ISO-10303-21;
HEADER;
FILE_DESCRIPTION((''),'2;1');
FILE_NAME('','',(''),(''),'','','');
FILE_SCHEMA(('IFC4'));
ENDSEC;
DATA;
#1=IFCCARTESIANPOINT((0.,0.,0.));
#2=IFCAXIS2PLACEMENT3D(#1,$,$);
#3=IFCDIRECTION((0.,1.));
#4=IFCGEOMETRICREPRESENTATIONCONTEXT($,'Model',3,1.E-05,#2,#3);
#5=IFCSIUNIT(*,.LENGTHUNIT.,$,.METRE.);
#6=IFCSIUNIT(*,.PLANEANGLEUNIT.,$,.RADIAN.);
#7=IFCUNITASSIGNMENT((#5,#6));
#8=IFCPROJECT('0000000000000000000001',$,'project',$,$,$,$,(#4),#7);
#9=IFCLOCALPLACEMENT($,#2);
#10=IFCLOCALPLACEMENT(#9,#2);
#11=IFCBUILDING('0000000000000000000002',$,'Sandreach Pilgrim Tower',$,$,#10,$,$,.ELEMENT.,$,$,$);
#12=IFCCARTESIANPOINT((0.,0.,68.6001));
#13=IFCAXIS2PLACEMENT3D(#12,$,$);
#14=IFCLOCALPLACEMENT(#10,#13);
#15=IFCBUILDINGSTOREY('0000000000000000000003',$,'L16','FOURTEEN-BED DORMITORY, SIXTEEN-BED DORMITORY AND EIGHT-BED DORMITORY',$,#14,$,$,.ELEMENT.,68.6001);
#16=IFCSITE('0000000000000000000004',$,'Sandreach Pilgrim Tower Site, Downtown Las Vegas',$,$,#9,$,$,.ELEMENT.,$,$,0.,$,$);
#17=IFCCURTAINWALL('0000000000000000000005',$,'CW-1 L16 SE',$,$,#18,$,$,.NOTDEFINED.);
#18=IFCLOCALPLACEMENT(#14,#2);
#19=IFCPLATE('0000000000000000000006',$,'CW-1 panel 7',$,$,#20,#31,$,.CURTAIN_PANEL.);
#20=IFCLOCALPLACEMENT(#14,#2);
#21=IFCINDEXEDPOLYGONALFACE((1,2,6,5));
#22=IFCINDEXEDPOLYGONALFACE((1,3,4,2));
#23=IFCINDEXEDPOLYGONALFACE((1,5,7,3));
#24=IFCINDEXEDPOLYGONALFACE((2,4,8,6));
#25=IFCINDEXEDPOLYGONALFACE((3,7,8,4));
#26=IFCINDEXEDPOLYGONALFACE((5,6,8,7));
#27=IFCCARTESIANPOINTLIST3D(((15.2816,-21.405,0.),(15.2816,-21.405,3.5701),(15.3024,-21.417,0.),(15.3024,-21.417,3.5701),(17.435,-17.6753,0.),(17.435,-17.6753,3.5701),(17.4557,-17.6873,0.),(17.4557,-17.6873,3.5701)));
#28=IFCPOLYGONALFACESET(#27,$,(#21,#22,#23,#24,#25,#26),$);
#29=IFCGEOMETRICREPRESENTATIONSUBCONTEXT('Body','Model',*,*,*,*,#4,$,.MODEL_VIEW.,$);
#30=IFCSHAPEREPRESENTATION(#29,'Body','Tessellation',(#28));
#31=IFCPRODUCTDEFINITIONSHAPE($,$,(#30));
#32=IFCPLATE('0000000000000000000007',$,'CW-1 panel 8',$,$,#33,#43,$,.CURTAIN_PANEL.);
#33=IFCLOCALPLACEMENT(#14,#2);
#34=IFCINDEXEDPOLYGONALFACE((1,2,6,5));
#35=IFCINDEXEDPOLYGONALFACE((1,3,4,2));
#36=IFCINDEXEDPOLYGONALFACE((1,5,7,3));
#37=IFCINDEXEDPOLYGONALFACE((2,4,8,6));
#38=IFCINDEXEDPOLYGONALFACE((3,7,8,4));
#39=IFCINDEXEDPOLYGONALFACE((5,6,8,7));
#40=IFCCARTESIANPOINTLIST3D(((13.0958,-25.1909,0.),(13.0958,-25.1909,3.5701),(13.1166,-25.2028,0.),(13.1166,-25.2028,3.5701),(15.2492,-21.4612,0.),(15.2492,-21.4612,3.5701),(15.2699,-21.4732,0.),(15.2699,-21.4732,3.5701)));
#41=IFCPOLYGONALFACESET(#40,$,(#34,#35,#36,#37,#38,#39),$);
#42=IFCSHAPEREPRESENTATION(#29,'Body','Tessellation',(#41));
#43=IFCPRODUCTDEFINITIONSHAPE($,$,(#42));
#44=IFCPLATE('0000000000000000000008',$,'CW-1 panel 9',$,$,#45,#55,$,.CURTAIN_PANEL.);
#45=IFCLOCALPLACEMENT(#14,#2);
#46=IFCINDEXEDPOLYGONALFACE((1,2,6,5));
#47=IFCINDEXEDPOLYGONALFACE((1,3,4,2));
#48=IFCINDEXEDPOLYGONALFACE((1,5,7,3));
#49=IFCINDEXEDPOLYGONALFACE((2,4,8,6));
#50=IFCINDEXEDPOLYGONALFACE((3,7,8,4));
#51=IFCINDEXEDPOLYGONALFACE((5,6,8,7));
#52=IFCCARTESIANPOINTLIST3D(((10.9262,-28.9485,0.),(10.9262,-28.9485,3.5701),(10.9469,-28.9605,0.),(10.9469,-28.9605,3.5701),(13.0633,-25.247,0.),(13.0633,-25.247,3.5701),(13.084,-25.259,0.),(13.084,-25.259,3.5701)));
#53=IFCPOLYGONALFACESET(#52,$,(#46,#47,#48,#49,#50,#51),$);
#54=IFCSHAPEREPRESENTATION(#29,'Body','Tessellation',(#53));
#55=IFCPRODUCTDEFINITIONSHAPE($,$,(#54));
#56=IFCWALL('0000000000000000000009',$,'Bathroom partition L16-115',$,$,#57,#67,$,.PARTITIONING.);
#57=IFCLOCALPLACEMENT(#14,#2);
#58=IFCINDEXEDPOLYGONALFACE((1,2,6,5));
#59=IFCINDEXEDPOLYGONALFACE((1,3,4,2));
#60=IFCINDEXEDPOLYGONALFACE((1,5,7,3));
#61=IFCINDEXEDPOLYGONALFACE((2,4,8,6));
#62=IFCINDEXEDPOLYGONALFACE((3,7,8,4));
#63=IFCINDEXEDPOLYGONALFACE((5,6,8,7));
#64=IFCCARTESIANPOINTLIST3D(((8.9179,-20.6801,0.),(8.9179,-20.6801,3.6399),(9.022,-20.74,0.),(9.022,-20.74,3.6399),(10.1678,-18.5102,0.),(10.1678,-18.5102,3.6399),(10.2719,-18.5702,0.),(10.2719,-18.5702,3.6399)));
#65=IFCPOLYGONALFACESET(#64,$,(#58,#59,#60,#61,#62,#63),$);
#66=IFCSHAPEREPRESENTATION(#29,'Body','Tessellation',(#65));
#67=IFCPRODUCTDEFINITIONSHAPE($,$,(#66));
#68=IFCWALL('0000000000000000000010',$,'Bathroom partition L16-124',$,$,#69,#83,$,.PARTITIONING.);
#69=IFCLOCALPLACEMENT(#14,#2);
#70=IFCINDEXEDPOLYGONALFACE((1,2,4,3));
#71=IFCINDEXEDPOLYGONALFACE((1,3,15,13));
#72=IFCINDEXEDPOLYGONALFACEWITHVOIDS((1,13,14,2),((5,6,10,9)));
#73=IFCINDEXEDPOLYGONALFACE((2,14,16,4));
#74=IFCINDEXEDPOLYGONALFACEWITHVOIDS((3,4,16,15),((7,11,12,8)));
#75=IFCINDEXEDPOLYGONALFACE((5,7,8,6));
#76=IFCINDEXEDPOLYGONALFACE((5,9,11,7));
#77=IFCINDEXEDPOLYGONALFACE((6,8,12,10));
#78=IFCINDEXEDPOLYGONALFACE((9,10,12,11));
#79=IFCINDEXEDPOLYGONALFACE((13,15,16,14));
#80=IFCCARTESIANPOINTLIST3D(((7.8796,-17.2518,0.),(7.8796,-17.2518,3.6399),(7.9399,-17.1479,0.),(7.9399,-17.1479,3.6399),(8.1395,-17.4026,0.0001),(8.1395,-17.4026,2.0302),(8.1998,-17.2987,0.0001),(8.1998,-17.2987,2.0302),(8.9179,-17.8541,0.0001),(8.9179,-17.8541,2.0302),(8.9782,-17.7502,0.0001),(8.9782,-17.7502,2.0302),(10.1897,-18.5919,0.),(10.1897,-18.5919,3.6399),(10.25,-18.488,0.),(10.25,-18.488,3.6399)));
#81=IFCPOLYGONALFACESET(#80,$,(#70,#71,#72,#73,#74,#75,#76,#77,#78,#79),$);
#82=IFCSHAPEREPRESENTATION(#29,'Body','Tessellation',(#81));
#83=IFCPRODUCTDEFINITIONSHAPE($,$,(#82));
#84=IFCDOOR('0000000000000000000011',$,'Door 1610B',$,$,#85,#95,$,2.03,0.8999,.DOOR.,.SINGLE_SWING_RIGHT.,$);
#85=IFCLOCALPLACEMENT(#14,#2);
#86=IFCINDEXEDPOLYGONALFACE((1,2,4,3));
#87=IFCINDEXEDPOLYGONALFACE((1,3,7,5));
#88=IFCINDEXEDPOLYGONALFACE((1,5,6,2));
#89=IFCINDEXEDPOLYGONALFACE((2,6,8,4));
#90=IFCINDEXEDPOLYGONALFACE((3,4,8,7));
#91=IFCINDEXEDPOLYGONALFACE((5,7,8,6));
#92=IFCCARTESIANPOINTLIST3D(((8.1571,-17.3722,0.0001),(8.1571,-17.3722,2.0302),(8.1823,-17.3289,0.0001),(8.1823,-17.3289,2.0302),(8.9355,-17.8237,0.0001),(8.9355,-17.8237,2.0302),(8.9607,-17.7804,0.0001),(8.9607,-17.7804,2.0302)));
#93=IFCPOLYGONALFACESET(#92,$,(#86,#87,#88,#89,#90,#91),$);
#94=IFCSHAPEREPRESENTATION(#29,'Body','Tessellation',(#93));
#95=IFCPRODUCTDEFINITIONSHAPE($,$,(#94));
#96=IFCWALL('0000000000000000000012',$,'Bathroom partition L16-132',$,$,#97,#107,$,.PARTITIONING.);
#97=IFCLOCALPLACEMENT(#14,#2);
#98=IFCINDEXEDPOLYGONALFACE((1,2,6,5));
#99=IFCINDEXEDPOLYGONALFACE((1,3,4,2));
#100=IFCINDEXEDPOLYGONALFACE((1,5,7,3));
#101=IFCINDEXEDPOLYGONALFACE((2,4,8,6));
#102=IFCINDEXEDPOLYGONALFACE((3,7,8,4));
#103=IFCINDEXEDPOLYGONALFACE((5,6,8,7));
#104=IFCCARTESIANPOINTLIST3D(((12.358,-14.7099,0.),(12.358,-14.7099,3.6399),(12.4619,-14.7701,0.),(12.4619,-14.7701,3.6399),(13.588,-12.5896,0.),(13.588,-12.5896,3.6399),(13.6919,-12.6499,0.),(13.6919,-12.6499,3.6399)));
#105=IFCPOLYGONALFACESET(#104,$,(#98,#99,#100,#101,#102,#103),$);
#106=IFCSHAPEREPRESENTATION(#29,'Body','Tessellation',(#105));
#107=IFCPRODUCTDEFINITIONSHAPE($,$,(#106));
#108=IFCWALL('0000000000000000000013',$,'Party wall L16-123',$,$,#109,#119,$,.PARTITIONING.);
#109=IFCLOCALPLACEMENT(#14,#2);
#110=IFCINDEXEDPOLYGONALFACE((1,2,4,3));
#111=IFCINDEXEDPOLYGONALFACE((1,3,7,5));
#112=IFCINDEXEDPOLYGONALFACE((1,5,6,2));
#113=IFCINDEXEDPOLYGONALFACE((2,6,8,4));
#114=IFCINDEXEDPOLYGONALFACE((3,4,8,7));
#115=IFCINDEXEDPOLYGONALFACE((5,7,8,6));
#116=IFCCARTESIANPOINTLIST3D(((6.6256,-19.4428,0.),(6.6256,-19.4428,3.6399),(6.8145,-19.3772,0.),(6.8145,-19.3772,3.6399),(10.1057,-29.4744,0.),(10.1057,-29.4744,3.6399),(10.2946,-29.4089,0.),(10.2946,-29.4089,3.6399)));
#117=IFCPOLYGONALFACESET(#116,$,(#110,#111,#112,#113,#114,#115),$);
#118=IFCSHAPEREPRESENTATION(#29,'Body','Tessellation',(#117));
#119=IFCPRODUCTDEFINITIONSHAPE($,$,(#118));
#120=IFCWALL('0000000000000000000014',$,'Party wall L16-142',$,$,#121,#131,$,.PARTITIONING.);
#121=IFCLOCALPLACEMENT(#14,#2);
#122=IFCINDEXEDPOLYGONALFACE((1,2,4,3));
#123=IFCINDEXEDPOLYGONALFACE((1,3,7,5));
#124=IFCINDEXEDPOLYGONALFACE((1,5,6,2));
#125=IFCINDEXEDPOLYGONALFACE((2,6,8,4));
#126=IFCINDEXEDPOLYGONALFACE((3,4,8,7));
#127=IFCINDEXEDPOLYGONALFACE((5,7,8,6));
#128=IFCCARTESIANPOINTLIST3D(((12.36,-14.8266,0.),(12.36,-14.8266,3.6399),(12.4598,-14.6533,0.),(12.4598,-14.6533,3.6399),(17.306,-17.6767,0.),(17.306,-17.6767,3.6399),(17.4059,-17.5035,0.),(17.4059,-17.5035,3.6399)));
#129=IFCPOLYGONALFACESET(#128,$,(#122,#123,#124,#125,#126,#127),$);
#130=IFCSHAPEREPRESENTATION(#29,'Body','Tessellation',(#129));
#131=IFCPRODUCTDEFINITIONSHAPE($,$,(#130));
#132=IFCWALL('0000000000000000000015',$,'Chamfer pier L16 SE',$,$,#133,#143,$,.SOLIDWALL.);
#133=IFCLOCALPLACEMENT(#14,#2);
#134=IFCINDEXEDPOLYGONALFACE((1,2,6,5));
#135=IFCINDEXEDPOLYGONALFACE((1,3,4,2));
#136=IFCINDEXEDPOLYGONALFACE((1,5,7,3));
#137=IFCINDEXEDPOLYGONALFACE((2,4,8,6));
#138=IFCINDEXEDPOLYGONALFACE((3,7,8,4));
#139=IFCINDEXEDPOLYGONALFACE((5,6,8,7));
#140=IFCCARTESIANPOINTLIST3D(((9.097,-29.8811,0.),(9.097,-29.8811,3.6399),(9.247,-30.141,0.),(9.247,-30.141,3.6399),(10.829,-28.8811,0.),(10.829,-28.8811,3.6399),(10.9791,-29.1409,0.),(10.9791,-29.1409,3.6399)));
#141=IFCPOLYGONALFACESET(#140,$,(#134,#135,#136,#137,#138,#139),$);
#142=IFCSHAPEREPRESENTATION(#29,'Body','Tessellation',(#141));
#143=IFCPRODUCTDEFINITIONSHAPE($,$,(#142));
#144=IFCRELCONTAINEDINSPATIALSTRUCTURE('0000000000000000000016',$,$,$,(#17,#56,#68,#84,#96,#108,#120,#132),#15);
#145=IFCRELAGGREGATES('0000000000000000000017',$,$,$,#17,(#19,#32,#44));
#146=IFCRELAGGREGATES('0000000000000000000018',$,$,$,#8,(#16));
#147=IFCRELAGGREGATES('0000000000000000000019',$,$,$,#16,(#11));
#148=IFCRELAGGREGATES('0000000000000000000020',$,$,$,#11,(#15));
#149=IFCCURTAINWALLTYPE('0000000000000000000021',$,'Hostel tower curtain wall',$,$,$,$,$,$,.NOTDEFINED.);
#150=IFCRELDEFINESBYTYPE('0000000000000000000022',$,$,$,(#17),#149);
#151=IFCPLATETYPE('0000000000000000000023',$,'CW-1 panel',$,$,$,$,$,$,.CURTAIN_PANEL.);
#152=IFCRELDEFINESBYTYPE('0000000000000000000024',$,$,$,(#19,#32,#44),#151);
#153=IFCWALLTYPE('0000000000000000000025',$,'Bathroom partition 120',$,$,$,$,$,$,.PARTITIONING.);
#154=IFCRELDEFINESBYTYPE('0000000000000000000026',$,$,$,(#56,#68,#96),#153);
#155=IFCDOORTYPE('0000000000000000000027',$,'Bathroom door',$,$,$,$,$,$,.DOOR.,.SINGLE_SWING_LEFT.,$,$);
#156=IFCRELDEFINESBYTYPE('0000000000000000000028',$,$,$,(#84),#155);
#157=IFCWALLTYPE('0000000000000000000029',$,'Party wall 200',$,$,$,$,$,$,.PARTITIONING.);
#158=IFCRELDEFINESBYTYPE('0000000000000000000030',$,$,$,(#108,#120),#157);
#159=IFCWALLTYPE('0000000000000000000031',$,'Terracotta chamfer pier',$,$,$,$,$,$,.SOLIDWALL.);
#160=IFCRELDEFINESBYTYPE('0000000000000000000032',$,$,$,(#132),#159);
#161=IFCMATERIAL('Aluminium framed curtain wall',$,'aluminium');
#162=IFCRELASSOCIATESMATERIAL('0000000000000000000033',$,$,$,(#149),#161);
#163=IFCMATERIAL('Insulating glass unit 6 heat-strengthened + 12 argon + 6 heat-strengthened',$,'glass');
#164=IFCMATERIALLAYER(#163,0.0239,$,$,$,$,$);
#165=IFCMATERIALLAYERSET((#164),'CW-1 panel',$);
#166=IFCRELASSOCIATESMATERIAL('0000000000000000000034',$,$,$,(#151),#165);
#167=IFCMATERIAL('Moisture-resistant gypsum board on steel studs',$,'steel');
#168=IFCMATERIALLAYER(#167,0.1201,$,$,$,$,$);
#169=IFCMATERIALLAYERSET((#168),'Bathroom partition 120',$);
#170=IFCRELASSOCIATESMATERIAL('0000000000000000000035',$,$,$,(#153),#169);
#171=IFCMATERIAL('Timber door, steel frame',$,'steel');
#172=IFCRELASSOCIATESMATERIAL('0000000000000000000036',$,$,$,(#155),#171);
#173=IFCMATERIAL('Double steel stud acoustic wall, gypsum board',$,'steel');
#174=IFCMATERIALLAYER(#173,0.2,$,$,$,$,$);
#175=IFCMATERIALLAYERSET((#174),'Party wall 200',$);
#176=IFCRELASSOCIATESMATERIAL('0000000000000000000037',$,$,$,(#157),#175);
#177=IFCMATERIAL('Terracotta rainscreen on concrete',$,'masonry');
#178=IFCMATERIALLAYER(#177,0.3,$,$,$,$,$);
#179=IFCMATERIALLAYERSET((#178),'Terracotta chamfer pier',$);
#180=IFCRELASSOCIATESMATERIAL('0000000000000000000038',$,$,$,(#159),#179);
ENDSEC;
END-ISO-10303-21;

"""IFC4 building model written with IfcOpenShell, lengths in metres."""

from ifc_helpers import new_model, si_unit, direction, frame, frame_2d, origin, origin_2d, place, context, subcontext, project, spatial, rectangle, extrude, material, layer, layer_set, type_object, element, fill, aggregate, save


model = new_model("IFC4")

# Units and contexts
model_context = context("Model", 3, precision=1e-05, world=origin(), true_north=direction((0.0, 1.0)))
body_context = subcontext(model_context, "Body", "Model", "MODEL_VIEW")
ifc_project = project(units=[si_unit("LENGTHUNIT", "METRE"), si_unit("PLANEANGLEUNIT", "RADIAN")], contexts=[model_context])

# Site, building, storey
site_placement = place(None, origin())
site = spatial("IfcSite", under=ifc_project, at=site_placement, Name="Sandreach Pilgrim Tower Site, Downtown Las Vegas", CompositionType="ELEMENT", RefElevation=0.0)
building_placement = place(site_placement, origin())
building = spatial("IfcBuilding", under=site, at=building_placement, Name="Sandreach Pilgrim Tower", CompositionType="ELEMENT")
storey_placement = place(building_placement, frame((0.0, 0.0, 68.6001)))
storey = spatial("IfcBuildingStorey", under=building, at=storey_placement, Name="L16", Description="FOURTEEN-BED DORMITORY, SIXTEEN-BED DORMITORY AND EIGHT-BED DORMITORY", CompositionType="ELEMENT", Elevation=68.6001)

# Curtain wall
ifc_material_1 = material(Name="Aluminium framed curtain wall", Category="aluminium")
curtain_wall_type = type_object("IfcCurtainWallType", Name="Hostel tower curtain wall", PredefinedType="NOTDEFINED", material=ifc_material_1)
curtain_wall_1_placement = place(storey_placement, origin())
curtain_wall_1 = element("IfcCurtainWall", 1, at=curtain_wall_1_placement, inside=storey, type_object=curtain_wall_type, Name="CW-1 L16 SE", PredefinedType="NOTDEFINED")

# Plates
ifc_material_2 = material(Name="Insulating glass unit 6 heat-strengthened + 12 argon + 6 heat-strengthened", Category="glass")
ifc_layer_1 = layer(ifc_material_2, 0.0239)
ifc_layer_set_1 = layer_set([ifc_layer_1], Name="CW-1 panel")
plate_type = type_object("IfcPlateType", Name="CW-1 panel", PredefinedType="CURTAIN_PANEL", material=ifc_layer_set_1)
plate_1_placement = place(storey_placement, frame((16.3687, -19.5461, 0.0), z_axis=(0.0, 0.0, 1.0), x_axis=(-0.5, -0.866025, 0.0)))
plate_1 = element("IfcPlate", 2, at=plate_1_placement, type_object=plate_type, Name="CW-1 panel 7", PredefinedType="CURTAIN_PANEL", context=body_context, shape_type="SweptSolid", body=[
    extrude(rectangle(XDim=4.3066, YDim=0.0239, at=origin_2d()), origin(), (0.0, 0.0, 1.0), 3.5701),
])
plate_2_placement = place(storey_placement, frame((14.1829, -23.332, 0.0), z_axis=(0.0, 0.0, 1.0), x_axis=(-0.5, -0.866025, 0.0)))
plate_2 = element("IfcPlate", 3, at=plate_2_placement, type_object=plate_type, Name="CW-1 panel 8", PredefinedType="CURTAIN_PANEL", context=body_context, shape_type="SweptSolid", body=[
    extrude(rectangle(XDim=4.3066, YDim=0.0239, at=origin_2d()), origin(), (0.0, 0.0, 1.0), 3.5701),
])
plate_3_placement = place(storey_placement, frame((12.0051, -27.1038, 0.0), z_axis=(0.0, 0.0, 1.0), x_axis=(-0.5, -0.866025, 0.0)))
plate_3 = element("IfcPlate", 4, at=plate_3_placement, type_object=plate_type, Name="CW-1 panel 9", PredefinedType="CURTAIN_PANEL", context=body_context, shape_type="SweptSolid", body=[
    extrude(rectangle(XDim=4.2742, YDim=0.0239, at=origin_2d()), origin(), (0.0, 0.0, 1.0), 3.5701),
])
aggregate(curtain_wall_1, [plate_1, plate_2, plate_3])

# Wall
ifc_material_3 = material(Name="Moisture-resistant gypsum board on steel studs", Category="steel")
ifc_layer_2 = layer(ifc_material_3, 0.1201)
ifc_layer_set_2 = layer_set([ifc_layer_2], Name="Bathroom partition 120")
wall_type_1 = type_object("IfcWallType", Name="Bathroom partition 120", PredefinedType="PARTITIONING", material=ifc_layer_set_2)
wall_1_placement = place(storey_placement, frame((8.97, -20.71, 0.0), z_axis=(0.0, 0.0, 1.0), x_axis=(0.49916, 0.86651, 0.0)))
element("IfcWall", 5, at=wall_1_placement, inside=storey, type_object=wall_type_1, Name="Bathroom partition L16-115", PredefinedType="PARTITIONING", context=body_context, shape_type="SweptSolid", body=[
    extrude(rectangle(XDim=2.5042, YDim=0.1201, at=frame_2d((1.252, 0.0))), origin(), (0.0, 0.0, 1.0), 3.6399),
])

# Wall, opening, door
wall_2_placement = place(storey_placement, frame((10.22, -18.54, 0.0), z_axis=(0.0, 0.0, 1.0), x_axis=(-0.86499, 0.501789, 0.0)))
wall_2 = element("IfcWall", 6, at=wall_2_placement, inside=storey, type_object=wall_type_1, Name="Bathroom partition L16-124", PredefinedType="PARTITIONING", context=body_context, shape_type="SweptSolid", body=[
    extrude(rectangle(XDim=2.6707, YDim=0.1201, at=frame_2d((1.3354, 0.0))), origin(), (0.0, 0.0, 1.0), 3.6399),
])
opening_placement = place(wall_2_placement, frame((1.4705, 0.0, 0.0)))
opening = element("IfcOpeningElement", 7, at=opening_placement, cuts=wall_2, PredefinedType="OPENING", context=body_context, shape_type="SweptSolid", body=[
    extrude(rectangle(XDim=0.8999, YDim=2.03, at=frame_2d((0.45, 1.0151))), frame((0.0, 0.0601, 0.0), z_axis=(0.0, -1.0, 0.0), x_axis=(1.0, 0.0, 0.0)), (0.0, 0.0, 1.0), 0.1201),
])
ifc_material_4 = material(Name="Timber door, steel frame", Category="steel")
door_type = type_object("IfcDoorType", Name="Bathroom door", OperationType="SINGLE_SWING_LEFT", PredefinedType="DOOR", material=ifc_material_4)
door_placement = place(opening_placement, origin())
door = element("IfcDoor", 8, at=door_placement, inside=storey, type_object=door_type, Name="Door 1610B", OperationType="SINGLE_SWING_RIGHT", OverallHeight=2.03, OverallWidth=0.8999, PredefinedType="DOOR", context=body_context, shape_type="SweptSolid", body=[
    extrude(rectangle(XDim=0.8999, YDim=2.03, at=frame_2d((0.45, 1.0151))), frame((0.0, 0.0249, 0.0), z_axis=(0.0, -1.0, 0.0), x_axis=(1.0, 0.0, 0.0)), (0.0, 0.0, 1.0), 0.05),
])
fill(opening, door)

# Walls
wall_3_placement = place(storey_placement, frame((12.4099, -14.74, 0.0), z_axis=(0.0, 0.0, 1.0), x_axis=(0.501813, 0.864976, 0.0)))
element("IfcWall", 9, at=wall_3_placement, inside=storey, type_object=wall_type_1, Name="Bathroom partition L16-132", PredefinedType="PARTITIONING", context=body_context, shape_type="SweptSolid", body=[
    extrude(rectangle(XDim=2.4512, YDim=0.1201, at=frame_2d((1.2256, 0.0))), origin(), (0.0, 0.0, 1.0), 3.6399),
])
ifc_material_5 = material(Name="Double steel stud acoustic wall, gypsum board", Category="steel")
ifc_layer_3 = layer(ifc_material_5, 0.2)
ifc_layer_set_3 = layer_set([ifc_layer_3], Name="Party wall 200")
wall_type_2 = type_object("IfcWallType", Name="Party wall 200", PredefinedType="PARTITIONING", material=ifc_layer_set_3)
wall_4_placement = place(storey_placement, frame((10.2002, -29.4417, 0.0), z_axis=(0.0, 0.0, 1.0), x_axis=(-0.327758, 0.944762, 0.0)))
element("IfcWall", 10, at=wall_4_placement, inside=storey, type_object=wall_type_2, Name="Party wall L16-123", PredefinedType="PARTITIONING", context=body_context, shape_type="SweptSolid", body=[
    extrude(rectangle(XDim=10.6182, YDim=0.2, at=frame_2d((5.3091, 0.0))), origin(), (0.0, 0.0, 1.0), 3.6399),
])
wall_5_placement = place(storey_placement, frame((17.356, -17.5901, 0.0), z_axis=(0.0, 0.0, 1.0), x_axis=(-0.866443, 0.499277, 0.0)))
element("IfcWall", 11, at=wall_5_placement, inside=storey, type_object=wall_type_2, Name="Party wall L16-142", PredefinedType="PARTITIONING", context=body_context, shape_type="SweptSolid", body=[
    extrude(rectangle(XDim=5.7085, YDim=0.2, at=frame_2d((2.8542, 0.0))), origin(), (0.0, 0.0, 1.0), 3.6399),
])
ifc_material_6 = material(Name="Terracotta rainscreen on concrete", Category="masonry")
ifc_layer_4 = layer(ifc_material_6, 0.3)
ifc_layer_set_4 = layer_set([ifc_layer_4], Name="Terracotta chamfer pier")
wall_type_3 = type_object("IfcWallType", Name="Terracotta chamfer pier", PredefinedType="SOLIDWALL", material=ifc_layer_set_4)
wall_6_placement = place(storey_placement, frame((10.9041, -29.011, 0.0), z_axis=(0.0, 0.0, 1.0), x_axis=(-0.866011, -0.500025, 0.0)))
element("IfcWall", 12, at=wall_6_placement, inside=storey, type_object=wall_type_3, Name="Chamfer pier L16 SE", PredefinedType="SOLIDWALL", context=body_context, shape_type="SweptSolid", body=[
    extrude(rectangle(XDim=2.0, YDim=0.3, at=frame_2d((1.0, 0.0))), origin(), (0.0, 0.0, 1.0), 3.6399),
])

save(model, "model.ifc")
